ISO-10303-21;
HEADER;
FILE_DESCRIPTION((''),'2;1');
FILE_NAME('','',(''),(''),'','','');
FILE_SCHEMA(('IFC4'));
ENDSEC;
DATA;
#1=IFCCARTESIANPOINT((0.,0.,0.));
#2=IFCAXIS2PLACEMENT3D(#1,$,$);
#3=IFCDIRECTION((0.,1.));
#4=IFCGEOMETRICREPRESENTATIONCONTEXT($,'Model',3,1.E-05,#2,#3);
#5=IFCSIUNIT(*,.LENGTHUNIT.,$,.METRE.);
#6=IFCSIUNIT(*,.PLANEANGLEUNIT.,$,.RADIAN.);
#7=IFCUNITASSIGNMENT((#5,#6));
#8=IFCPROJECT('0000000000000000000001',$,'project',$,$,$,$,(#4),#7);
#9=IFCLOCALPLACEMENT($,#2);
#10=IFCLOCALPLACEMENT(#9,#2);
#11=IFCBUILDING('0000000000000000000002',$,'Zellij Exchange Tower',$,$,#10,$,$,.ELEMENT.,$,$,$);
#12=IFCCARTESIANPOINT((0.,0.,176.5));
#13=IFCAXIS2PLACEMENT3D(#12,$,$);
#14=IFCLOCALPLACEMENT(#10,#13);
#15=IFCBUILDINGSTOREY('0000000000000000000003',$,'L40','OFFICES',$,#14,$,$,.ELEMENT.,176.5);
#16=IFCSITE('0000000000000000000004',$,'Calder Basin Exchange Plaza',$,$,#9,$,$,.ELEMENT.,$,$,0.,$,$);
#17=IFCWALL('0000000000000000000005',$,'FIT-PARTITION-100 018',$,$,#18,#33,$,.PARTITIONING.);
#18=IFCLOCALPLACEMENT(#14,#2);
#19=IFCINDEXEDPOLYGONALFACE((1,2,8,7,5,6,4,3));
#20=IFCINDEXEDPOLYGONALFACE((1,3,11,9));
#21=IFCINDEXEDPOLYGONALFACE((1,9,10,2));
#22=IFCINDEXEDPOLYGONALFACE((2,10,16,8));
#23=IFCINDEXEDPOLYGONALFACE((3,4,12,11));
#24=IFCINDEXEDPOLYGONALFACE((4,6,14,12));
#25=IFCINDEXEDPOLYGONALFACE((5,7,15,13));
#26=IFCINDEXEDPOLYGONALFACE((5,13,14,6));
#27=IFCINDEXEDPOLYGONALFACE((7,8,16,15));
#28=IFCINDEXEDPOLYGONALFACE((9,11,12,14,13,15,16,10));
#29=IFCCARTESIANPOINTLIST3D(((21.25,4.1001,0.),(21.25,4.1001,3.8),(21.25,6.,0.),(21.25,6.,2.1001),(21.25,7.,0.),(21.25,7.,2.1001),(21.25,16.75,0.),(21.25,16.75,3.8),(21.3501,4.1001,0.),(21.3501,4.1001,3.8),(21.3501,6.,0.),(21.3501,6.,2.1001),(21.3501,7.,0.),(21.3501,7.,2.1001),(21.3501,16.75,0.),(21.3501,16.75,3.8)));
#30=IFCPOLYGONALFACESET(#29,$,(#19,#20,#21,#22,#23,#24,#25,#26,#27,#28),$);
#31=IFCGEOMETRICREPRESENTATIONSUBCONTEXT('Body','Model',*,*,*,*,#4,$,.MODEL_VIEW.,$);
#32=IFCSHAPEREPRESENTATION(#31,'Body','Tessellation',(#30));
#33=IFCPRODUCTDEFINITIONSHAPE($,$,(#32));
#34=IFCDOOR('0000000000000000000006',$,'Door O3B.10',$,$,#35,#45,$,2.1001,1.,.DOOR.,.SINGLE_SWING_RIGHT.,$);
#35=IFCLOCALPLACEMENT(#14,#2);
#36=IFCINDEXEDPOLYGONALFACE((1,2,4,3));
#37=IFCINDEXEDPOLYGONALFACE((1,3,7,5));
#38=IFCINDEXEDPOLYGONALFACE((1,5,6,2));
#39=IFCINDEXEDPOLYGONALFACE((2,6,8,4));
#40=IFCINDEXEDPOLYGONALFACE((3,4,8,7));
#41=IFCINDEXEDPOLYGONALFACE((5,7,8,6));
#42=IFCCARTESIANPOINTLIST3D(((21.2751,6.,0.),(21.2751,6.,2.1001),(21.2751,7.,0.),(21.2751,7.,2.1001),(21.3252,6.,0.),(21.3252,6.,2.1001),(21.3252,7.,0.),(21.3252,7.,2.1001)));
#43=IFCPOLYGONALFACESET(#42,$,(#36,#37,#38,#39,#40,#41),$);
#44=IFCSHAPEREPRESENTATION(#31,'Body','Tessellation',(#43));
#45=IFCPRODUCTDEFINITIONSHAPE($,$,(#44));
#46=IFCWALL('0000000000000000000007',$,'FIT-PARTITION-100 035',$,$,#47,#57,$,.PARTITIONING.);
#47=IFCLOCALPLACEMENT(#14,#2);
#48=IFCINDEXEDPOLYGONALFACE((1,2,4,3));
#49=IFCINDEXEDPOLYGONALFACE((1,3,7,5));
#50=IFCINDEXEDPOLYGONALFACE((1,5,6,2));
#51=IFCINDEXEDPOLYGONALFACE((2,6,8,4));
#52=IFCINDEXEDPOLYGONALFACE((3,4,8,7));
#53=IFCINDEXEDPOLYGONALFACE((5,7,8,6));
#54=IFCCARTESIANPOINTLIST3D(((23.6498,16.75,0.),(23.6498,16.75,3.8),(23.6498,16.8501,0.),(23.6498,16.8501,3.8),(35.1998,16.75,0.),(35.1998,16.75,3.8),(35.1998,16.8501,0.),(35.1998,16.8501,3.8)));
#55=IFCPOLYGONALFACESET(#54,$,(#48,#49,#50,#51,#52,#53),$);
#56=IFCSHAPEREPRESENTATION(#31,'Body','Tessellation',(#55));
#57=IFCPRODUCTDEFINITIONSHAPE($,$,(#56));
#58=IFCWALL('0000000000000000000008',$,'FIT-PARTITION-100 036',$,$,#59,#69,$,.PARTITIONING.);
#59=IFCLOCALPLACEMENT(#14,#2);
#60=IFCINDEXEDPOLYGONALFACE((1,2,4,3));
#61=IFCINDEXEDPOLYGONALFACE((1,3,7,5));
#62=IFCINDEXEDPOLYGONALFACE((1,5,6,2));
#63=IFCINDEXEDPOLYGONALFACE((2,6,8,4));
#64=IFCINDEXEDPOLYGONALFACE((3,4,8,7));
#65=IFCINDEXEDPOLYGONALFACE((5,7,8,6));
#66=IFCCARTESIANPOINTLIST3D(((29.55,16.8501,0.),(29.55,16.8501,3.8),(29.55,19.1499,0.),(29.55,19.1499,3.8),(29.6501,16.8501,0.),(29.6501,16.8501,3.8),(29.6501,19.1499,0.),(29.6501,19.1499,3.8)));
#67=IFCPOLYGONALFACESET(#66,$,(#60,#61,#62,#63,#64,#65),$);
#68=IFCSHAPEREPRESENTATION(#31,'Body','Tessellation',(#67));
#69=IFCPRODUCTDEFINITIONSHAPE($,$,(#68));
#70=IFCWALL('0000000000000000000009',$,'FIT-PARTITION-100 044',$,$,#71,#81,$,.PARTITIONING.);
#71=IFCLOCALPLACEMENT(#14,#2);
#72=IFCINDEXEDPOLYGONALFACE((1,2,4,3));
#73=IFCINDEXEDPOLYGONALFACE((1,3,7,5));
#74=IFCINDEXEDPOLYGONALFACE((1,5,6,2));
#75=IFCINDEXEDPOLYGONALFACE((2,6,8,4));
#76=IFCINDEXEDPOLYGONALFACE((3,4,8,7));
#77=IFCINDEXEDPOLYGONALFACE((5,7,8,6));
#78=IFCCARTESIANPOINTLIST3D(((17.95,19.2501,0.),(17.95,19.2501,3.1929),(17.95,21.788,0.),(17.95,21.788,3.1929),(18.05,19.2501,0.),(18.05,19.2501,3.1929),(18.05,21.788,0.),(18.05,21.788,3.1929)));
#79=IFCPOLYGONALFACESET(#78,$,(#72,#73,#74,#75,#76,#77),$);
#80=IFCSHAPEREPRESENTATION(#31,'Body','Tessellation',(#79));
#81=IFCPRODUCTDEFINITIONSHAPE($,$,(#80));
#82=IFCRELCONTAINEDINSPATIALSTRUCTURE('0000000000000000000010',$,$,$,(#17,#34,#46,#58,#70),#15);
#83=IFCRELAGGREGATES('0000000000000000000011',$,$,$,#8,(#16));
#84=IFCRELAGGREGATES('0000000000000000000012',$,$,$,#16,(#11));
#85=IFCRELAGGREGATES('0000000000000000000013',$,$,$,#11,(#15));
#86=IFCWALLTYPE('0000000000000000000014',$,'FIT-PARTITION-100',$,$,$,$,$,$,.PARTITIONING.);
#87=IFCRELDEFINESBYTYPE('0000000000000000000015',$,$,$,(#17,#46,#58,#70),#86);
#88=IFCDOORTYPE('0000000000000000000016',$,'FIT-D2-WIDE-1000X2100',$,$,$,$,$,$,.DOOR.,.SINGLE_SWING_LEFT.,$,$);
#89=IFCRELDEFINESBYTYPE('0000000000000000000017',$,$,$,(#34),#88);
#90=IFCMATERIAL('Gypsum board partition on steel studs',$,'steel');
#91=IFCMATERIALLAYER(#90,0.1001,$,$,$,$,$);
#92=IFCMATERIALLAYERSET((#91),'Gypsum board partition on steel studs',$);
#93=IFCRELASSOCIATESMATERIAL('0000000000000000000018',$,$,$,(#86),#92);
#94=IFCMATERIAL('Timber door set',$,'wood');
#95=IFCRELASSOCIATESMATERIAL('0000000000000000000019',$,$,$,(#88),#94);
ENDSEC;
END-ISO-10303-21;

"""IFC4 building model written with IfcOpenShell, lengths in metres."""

from ifc_helpers import new_model, si_unit, direction, frame, frame_2d, origin, place, context, subcontext, project, spatial, rectangle, extrude, material, layer, layer_set, type_object, element, fill, save


model = new_model("IFC4")

# Units and contexts
model_context = context("Model", 3, precision=1e-05, world=origin(), true_north=direction((0.0, 1.0)))
body_context = subcontext(model_context, "Body", "Model", "MODEL_VIEW")
ifc_project = project(units=[si_unit("LENGTHUNIT", "METRE"), si_unit("PLANEANGLEUNIT", "RADIAN")], contexts=[model_context])

# Site, building, storey
site_placement = place(None, origin())
site = spatial("IfcSite", under=ifc_project, at=site_placement, Name="Calder Basin Exchange Plaza", CompositionType="ELEMENT", RefElevation=0.0)
building_placement = place(site_placement, origin())
building = spatial("IfcBuilding", under=site, at=building_placement, Name="Zellij Exchange Tower", CompositionType="ELEMENT")
storey_placement = place(building_placement, frame((0.0, 0.0, 176.5)))
storey = spatial("IfcBuildingStorey", under=building, at=storey_placement, Name="L40", Description="OFFICES", CompositionType="ELEMENT", Elevation=176.5)

# Shared definitions
ifc_material_1 = material(Name="Gypsum board partition on steel studs", Category="steel")
ifc_layer_1 = layer(ifc_material_1, 0.1001)
ifc_layer_set_1 = layer_set([ifc_layer_1], Name="Gypsum board partition on steel studs")
wall_type_1 = type_object("IfcWallType", Name="FIT-PARTITION-100", PredefinedType="PARTITIONING", material=ifc_layer_set_1)

# Wall, opening, door
ifc_material_2 = material(Name="Timber door set", Category="wood")
wall_1_placement = place(storey_placement, frame((21.3, 4.1001, 0.0), z_axis=(0.0, 0.0, 1.0), x_axis=(0.0, 1.0, 0.0)))
wall_1 = element("IfcWall", 1, at=wall_1_placement, inside=storey, type_object=wall_type_1, Name="FIT-PARTITION-100 018", PredefinedType="PARTITIONING", context=body_context, shape_type="SweptSolid", body=[
    extrude(rectangle(XDim=12.6499, YDim=0.1001, at=frame_2d((6.325, 0.0))), origin(), (0.0, 0.0, 1.0), 3.8),
])
opening_1_placement = place(wall_1_placement, frame((1.8999, 0.0, 0.0)))
opening_1 = element("IfcOpeningElement", 2, at=opening_1_placement, cuts=wall_1, PredefinedType="OPENING", context=body_context, shape_type="SweptSolid", body=[
    extrude(rectangle(XDim=1.0, YDim=2.1001, at=frame_2d((0.5, 1.05))), frame((0.0, 0.062, 0.0), z_axis=(0.0, -1.0, 0.0), x_axis=(1.0, 0.0, 0.0)), (0.0, 0.0, 1.0), 0.124),
])
door_type_1 = type_object("IfcDoorType", Name="FIT-D2-WIDE-1000X2100", OperationType="SINGLE_SWING_LEFT", PredefinedType="DOOR", material=ifc_material_2)
door_1_placement = place(opening_1_placement, origin())
door_1 = element("IfcDoor", 3, at=door_1_placement, inside=storey, type_object=door_type_1, Name="Door O3B.10", OperationType="SINGLE_SWING_RIGHT", OverallHeight=2.1001, OverallWidth=1.0, PredefinedType="DOOR", context=body_context, shape_type="SweptSolid", body=[
    extrude(rectangle(XDim=1.0, YDim=2.1001, at=frame_2d((0.5, 1.05))), frame((0.0, 0.0249, 0.0), z_axis=(0.0, -1.0, 0.0), x_axis=(1.0, 0.0, 0.0)), (0.0, 0.0, 1.0), 0.05),
])
fill(opening_1, door_1)

# Walls
wall_2_placement = place(storey_placement, frame((23.6499, 16.8, 0.0), z_axis=(0.0, 0.0, 1.0), x_axis=(1.0, 0.0, 0.0)))
element("IfcWall", 4, at=wall_2_placement, inside=storey, type_object=wall_type_1, Name="FIT-PARTITION-100 035", PredefinedType="PARTITIONING", context=body_context, shape_type="SweptSolid", body=[
    extrude(rectangle(XDim=11.55, YDim=0.1001, at=frame_2d((5.7749, 0.0))), origin(), (0.0, 0.0, 1.0), 3.8),
])
wall_3_placement = place(storey_placement, frame((29.6001, 16.8501, 0.0), z_axis=(0.0, 0.0, 1.0), x_axis=(0.0, 1.0, 0.0)))
element("IfcWall", 5, at=wall_3_placement, inside=storey, type_object=wall_type_1, Name="FIT-PARTITION-100 036", PredefinedType="PARTITIONING", context=body_context, shape_type="SweptSolid", body=[
    extrude(rectangle(XDim=2.2998, YDim=0.1001, at=frame_2d((1.1499, 0.0))), origin(), (0.0, 0.0, 1.0), 3.8),
])
wall_4_placement = place(storey_placement, frame((18.0, 19.25, 0.0), z_axis=(0.0, 0.0, 1.0), x_axis=(0.0, 1.0, 0.0)))
element("IfcWall", 6, at=wall_4_placement, inside=storey, type_object=wall_type_1, Name="FIT-PARTITION-100 044", PredefinedType="PARTITIONING", context=body_context, shape_type="SweptSolid", body=[
    extrude(rectangle(XDim=2.5378, YDim=0.1001, at=frame_2d((1.269, 0.0))), origin(), (0.0, 0.0, 1.0), 3.1929),
])

save(model, "model.ifc")
